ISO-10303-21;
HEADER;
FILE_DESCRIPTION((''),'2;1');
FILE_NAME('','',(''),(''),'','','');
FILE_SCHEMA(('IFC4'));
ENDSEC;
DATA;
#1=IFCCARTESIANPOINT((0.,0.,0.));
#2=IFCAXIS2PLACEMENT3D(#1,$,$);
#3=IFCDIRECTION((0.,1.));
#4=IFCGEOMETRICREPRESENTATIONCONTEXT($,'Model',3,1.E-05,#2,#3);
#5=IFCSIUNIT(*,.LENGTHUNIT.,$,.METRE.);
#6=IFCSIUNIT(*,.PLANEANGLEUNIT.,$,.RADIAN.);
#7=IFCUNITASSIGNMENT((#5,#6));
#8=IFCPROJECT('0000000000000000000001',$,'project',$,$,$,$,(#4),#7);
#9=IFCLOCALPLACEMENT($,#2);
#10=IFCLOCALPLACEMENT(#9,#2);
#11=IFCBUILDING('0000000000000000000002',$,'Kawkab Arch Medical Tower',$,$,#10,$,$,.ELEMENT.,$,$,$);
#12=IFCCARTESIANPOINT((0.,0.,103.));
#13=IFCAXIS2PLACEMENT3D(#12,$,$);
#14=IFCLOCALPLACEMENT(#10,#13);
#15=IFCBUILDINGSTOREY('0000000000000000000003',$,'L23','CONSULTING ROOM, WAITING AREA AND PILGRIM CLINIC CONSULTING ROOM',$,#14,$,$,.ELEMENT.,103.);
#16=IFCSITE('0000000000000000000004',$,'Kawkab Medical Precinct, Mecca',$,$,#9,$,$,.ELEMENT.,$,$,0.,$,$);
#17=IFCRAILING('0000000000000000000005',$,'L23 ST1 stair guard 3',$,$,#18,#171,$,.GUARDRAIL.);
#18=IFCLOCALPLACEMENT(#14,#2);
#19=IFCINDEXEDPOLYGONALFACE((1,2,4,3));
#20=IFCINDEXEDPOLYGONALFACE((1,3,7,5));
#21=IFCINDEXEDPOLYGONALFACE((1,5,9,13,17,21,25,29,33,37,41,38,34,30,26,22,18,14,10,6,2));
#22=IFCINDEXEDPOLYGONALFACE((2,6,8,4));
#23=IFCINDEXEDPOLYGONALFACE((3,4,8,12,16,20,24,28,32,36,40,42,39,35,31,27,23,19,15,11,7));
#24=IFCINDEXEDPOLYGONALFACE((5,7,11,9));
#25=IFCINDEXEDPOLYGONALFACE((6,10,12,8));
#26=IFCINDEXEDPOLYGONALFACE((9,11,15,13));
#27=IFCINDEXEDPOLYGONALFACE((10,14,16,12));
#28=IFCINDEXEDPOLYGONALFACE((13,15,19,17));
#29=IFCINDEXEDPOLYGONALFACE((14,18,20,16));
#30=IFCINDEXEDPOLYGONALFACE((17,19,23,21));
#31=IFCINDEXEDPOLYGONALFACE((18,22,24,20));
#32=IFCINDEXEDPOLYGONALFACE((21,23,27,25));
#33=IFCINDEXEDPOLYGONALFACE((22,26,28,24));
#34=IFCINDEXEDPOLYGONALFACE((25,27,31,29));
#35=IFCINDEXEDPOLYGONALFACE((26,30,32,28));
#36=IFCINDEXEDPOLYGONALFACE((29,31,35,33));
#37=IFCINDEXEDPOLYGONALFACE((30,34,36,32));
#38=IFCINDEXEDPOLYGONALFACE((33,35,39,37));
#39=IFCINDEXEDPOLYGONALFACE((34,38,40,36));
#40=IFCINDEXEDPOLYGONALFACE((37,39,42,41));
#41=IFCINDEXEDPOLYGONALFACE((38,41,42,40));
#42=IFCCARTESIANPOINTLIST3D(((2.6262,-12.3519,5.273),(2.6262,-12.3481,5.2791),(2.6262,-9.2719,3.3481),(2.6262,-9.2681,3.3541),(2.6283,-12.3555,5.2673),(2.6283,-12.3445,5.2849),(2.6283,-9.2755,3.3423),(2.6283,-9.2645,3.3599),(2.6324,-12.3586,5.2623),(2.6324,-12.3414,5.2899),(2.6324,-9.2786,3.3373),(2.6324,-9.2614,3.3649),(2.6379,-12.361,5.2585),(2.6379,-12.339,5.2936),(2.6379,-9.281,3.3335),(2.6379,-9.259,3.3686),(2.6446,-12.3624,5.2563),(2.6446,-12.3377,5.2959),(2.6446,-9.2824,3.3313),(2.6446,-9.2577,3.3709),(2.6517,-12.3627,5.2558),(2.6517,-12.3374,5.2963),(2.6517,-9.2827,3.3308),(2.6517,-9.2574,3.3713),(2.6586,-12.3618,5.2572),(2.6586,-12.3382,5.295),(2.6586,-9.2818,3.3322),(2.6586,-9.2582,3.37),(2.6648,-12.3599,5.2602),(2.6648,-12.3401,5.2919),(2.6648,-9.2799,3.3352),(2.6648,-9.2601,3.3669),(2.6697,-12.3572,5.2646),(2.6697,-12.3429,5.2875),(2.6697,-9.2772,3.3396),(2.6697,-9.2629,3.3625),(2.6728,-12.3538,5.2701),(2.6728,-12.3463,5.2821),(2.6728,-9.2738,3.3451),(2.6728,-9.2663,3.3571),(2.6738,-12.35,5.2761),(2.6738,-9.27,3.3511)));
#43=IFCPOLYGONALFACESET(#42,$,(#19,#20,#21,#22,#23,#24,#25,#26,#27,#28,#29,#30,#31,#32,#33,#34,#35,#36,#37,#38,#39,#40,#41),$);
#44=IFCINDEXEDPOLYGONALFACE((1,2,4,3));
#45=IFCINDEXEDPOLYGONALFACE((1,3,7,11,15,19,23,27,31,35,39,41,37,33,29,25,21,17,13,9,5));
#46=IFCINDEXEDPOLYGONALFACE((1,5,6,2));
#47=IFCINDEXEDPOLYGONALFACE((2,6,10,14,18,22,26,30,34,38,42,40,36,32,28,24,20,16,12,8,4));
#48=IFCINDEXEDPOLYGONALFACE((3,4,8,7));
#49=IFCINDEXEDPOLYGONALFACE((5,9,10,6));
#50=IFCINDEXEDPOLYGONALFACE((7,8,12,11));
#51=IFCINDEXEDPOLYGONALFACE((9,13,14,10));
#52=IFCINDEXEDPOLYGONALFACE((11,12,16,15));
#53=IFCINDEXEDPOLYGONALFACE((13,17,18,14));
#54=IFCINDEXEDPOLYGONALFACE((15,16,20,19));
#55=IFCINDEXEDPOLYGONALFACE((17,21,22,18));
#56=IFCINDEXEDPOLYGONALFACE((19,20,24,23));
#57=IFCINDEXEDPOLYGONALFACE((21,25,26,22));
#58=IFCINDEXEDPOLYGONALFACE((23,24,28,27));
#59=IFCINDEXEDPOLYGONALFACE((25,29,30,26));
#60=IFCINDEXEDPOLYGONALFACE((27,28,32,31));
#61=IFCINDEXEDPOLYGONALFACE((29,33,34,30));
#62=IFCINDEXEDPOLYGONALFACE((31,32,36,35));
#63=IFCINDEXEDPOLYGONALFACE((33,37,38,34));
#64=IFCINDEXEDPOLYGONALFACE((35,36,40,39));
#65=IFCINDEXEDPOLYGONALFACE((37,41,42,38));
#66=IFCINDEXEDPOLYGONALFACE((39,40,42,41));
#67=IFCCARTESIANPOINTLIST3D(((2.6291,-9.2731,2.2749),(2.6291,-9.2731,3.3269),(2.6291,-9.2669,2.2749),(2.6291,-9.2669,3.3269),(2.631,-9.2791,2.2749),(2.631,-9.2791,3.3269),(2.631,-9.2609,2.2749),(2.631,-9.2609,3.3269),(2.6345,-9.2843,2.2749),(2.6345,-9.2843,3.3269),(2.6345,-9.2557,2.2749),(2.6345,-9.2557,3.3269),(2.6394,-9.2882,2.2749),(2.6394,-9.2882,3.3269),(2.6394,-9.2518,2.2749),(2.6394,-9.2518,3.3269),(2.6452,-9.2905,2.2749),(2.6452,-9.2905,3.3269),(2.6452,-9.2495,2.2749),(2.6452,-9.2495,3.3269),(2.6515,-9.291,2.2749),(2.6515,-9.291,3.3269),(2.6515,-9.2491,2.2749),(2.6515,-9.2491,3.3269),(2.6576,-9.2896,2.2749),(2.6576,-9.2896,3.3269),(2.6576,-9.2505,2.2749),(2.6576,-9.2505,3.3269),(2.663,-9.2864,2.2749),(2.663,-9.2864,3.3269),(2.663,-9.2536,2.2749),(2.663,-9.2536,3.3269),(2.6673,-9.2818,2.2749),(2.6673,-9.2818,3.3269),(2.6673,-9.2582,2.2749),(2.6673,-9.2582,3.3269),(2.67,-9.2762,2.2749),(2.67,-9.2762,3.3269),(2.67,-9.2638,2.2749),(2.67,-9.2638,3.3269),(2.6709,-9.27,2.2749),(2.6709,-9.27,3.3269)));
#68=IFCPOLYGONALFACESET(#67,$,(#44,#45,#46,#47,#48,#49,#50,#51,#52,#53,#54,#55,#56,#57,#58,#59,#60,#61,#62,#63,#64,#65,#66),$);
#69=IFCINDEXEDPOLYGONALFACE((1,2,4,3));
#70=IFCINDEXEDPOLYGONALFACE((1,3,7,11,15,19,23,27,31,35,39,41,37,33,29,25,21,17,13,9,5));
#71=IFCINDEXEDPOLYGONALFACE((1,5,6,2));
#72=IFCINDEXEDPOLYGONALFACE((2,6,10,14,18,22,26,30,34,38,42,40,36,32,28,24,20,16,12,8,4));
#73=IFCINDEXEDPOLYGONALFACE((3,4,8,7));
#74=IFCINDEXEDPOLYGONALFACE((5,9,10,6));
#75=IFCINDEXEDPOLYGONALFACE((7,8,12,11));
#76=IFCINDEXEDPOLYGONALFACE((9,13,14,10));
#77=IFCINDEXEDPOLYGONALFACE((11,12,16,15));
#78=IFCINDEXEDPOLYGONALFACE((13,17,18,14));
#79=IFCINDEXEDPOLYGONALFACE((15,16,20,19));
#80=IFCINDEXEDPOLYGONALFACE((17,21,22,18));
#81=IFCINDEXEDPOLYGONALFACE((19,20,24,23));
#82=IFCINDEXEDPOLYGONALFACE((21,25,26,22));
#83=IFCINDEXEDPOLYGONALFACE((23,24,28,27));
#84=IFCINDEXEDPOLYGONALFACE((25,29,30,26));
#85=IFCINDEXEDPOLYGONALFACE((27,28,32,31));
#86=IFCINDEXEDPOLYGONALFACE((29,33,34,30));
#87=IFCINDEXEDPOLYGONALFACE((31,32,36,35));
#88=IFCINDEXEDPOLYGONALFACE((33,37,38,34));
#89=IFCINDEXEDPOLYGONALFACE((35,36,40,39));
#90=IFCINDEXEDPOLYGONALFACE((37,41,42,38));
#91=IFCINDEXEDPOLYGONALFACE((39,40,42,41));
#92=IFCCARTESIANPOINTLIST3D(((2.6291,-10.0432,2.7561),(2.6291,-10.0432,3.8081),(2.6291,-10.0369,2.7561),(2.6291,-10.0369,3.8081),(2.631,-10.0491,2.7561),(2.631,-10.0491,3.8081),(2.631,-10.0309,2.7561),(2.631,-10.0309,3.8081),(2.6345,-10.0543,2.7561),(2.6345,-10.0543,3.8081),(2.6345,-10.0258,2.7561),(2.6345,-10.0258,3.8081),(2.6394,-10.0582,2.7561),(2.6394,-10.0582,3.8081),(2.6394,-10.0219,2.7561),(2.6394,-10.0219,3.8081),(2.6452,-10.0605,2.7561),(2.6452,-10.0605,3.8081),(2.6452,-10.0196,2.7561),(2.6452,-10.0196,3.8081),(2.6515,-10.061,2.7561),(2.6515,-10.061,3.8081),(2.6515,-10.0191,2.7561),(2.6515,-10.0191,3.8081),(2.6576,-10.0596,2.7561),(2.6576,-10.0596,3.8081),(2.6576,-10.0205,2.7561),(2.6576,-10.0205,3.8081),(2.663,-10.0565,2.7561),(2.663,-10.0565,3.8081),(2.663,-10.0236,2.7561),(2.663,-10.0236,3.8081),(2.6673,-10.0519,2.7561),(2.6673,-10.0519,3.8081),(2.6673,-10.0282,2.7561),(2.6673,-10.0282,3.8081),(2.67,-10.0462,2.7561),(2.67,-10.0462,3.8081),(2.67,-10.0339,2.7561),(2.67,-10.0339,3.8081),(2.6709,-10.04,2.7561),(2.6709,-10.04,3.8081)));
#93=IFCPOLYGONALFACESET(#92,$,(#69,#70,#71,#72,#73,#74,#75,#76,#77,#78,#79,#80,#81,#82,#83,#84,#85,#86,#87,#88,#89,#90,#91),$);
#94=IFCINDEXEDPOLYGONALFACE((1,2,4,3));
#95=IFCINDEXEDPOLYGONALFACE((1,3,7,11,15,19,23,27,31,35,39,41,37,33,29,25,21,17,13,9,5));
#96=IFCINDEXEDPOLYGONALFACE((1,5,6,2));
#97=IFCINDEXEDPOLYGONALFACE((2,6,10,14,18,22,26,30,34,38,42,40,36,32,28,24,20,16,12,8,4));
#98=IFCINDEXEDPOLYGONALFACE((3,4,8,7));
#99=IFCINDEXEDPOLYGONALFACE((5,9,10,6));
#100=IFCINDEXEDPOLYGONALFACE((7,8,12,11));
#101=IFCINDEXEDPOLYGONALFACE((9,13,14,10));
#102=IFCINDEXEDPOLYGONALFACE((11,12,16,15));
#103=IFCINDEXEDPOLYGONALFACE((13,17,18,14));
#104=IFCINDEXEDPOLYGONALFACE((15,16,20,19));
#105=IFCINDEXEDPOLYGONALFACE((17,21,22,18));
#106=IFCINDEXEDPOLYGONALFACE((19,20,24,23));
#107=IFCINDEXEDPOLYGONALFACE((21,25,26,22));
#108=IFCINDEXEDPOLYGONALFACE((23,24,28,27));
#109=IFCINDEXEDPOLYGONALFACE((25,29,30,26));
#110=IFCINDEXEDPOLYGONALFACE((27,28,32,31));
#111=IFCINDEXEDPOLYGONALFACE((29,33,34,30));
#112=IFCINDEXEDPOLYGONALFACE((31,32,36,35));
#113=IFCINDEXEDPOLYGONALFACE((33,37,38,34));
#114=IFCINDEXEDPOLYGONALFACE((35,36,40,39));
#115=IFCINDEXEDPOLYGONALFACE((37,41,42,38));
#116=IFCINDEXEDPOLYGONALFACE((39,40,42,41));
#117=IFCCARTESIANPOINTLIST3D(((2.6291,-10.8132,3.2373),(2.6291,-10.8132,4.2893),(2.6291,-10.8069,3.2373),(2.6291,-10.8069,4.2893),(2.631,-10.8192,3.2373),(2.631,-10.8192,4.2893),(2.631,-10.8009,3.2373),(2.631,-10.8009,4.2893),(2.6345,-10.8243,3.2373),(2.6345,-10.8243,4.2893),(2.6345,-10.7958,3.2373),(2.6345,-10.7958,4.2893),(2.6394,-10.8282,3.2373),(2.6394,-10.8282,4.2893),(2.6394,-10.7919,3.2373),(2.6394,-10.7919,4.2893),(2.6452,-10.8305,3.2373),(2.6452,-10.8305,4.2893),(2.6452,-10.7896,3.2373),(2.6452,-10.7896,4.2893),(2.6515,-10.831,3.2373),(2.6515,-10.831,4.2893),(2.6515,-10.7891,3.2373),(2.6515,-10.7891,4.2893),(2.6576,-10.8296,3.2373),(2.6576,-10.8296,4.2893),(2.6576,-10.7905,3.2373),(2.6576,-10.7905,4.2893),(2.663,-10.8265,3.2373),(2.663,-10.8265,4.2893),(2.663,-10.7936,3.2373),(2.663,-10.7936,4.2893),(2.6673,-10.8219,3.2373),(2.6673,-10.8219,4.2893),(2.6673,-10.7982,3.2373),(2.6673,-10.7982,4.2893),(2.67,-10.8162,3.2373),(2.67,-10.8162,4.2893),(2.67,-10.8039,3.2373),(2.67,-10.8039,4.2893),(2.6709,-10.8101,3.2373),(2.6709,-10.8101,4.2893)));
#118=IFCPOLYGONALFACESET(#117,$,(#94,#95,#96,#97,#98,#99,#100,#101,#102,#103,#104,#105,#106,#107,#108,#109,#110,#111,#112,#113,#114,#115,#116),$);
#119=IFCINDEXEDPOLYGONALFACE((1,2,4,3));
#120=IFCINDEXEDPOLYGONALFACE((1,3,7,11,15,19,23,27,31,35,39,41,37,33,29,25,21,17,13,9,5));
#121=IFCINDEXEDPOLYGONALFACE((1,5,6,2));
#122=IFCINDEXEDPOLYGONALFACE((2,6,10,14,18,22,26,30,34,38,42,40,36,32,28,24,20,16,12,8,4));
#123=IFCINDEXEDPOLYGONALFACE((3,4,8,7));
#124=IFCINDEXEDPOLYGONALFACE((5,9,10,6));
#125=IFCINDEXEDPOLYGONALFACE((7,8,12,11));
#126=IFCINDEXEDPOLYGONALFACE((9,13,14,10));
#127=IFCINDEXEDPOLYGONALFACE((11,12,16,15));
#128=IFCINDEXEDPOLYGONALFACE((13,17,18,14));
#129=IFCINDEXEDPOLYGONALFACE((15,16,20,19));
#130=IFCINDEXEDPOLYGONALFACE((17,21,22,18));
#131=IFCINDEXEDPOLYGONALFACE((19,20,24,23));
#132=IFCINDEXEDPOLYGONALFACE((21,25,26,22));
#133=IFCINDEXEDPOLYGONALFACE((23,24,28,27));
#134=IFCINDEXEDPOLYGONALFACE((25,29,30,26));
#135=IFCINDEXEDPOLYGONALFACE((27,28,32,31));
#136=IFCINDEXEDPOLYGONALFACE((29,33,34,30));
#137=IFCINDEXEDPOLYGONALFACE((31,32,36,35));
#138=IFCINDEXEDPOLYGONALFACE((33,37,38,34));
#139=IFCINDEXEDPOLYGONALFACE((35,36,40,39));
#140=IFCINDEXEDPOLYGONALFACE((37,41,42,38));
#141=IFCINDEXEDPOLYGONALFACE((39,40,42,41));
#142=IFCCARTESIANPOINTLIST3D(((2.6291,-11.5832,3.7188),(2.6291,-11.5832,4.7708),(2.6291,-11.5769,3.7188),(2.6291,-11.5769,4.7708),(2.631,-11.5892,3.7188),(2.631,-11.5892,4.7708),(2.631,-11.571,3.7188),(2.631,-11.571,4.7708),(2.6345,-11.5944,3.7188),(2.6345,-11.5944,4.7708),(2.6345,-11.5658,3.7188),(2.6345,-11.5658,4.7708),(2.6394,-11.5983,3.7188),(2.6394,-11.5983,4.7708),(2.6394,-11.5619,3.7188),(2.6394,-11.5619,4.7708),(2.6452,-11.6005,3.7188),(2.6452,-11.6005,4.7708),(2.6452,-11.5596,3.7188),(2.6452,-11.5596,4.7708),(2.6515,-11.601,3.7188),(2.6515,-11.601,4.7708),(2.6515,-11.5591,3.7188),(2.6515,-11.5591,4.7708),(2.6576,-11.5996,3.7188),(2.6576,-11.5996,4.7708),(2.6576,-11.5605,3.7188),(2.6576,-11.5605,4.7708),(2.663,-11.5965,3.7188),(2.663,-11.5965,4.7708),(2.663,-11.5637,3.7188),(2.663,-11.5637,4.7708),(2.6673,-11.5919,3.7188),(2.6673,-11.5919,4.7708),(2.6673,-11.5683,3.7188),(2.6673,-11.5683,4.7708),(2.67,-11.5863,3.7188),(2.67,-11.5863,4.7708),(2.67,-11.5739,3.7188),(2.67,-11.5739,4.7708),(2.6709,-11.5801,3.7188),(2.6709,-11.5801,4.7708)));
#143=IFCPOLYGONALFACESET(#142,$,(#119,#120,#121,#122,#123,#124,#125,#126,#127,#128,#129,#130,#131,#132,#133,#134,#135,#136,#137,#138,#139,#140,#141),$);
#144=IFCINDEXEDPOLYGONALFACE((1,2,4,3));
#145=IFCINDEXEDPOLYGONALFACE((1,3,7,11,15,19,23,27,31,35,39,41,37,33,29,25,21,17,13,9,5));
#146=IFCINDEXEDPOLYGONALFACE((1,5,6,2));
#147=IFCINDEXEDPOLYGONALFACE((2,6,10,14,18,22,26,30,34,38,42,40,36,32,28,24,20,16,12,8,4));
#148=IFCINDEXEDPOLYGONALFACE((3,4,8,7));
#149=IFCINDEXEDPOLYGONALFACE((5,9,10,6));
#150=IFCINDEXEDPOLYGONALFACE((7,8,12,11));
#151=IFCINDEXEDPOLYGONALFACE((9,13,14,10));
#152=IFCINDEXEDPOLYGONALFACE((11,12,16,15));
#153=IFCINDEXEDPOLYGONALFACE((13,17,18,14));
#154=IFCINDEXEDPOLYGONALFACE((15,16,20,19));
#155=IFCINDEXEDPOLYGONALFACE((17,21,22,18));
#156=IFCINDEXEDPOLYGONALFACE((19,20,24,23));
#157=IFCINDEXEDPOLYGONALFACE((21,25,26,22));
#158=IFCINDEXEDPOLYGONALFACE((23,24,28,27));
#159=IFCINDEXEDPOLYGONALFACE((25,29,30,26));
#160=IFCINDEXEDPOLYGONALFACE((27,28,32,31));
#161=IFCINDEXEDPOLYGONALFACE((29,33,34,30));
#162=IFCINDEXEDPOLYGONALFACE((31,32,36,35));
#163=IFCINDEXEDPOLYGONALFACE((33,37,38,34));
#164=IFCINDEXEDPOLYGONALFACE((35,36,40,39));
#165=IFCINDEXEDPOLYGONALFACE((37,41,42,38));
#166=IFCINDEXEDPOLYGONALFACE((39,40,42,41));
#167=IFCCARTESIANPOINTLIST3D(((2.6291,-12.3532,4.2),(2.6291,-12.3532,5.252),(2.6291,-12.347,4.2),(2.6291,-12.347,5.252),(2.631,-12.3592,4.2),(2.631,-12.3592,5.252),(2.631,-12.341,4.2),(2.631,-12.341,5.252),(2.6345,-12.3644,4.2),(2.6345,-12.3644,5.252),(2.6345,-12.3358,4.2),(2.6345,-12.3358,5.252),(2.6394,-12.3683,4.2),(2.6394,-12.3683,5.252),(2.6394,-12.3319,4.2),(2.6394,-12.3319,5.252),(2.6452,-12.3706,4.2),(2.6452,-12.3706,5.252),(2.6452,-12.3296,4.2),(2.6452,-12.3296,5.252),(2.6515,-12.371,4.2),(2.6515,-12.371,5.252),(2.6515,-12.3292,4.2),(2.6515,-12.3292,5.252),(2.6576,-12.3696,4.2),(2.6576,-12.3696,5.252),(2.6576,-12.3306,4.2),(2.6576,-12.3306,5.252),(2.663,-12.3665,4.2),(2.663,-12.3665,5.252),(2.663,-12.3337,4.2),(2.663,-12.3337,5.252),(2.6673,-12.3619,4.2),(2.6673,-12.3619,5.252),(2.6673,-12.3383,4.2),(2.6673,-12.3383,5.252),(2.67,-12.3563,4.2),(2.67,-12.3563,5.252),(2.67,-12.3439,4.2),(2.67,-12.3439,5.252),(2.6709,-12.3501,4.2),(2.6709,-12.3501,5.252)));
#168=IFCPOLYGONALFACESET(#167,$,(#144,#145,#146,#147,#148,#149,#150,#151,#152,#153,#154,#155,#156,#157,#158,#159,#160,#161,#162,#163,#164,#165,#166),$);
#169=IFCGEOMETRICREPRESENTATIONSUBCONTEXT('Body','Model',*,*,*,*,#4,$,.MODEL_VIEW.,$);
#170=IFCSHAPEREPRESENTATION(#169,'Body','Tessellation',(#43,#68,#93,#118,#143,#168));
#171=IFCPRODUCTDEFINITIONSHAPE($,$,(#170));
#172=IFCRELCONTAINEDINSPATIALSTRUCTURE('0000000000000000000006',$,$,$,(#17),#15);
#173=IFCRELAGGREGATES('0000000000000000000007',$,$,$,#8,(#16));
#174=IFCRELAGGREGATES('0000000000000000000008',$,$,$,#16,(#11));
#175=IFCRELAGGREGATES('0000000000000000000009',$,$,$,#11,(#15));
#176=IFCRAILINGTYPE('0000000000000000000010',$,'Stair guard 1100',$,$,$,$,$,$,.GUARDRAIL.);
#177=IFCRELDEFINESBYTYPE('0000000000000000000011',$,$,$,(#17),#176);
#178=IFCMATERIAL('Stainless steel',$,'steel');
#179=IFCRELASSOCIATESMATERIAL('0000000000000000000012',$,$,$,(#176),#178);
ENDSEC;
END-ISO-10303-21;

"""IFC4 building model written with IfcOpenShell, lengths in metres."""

from ifc_helpers import new_model, si_unit, direction, frame, origin, origin_2d, place, context, subcontext, project, spatial, circle, extrude, material, type_object, element, save


model = new_model("IFC4")

# Units and contexts
model_context = context("Model", 3, precision=1e-05, world=origin(), true_north=direction((0.0, 1.0)))
body_context = subcontext(model_context, "Body", "Model", "MODEL_VIEW")
ifc_project = project(units=[si_unit("LENGTHUNIT", "METRE"), si_unit("PLANEANGLEUNIT", "RADIAN")], contexts=[model_context])

# Site, building, storey
site_placement = place(None, origin())
site = spatial("IfcSite", under=ifc_project, at=site_placement, Name="Kawkab Medical Precinct, Mecca", CompositionType="ELEMENT", RefElevation=0.0)
building_placement = place(site_placement, origin())
building = spatial("IfcBuilding", under=site, at=building_placement, Name="Kawkab Arch Medical Tower", CompositionType="ELEMENT")
storey_placement = place(building_placement, frame((0.0, 0.0, 103.0)))
storey = spatial("IfcBuildingStorey", under=building, at=storey_placement, Name="L23", Description="CONSULTING ROOM, WAITING AREA AND PILGRIM CLINIC CONSULTING ROOM", CompositionType="ELEMENT", Elevation=103.0)

# Railing
ifc_material_1 = material(Name="Stainless steel", Category="steel")
railing_type_1 = type_object("IfcRailingType", Name="Stair guard 1100", PredefinedType="GUARDRAIL", material=ifc_material_1)
railing_1_placement = place(storey_placement, frame((2.6499, -9.27, 2.2749)))
element("IfcRailing", 1, at=railing_1_placement, inside=storey, type_object=railing_type_1, Name="L23 ST1 stair guard 3", PredefinedType="GUARDRAIL", context=body_context, shape_type="SweptSolid", body=[
    extrude(circle(Radius=0.0239, at=origin_2d()), frame((0.0, 0.0, 1.0762), z_axis=(0.0, -0.847998, 0.529999), x_axis=(1.0, 0.0, 0.0)), (0.0, 0.0, 1.0), 3.6321),
    extrude(circle(Radius=0.021, at=origin_2d()), origin(), (0.0, 0.0, 1.0), 1.052),
    extrude(circle(Radius=0.021, at=origin_2d()), frame((0.0, -0.77, 0.4812)), (0.0, 0.0, 1.0), 1.052),
    extrude(circle(Radius=0.021, at=origin_2d()), frame((0.0, -1.54, 0.9624)), (0.0, 0.0, 1.0), 1.052),
    extrude(circle(Radius=0.021, at=origin_2d()), frame((0.0, -2.3101, 1.4438)), (0.0, 0.0, 1.0), 1.052),
    extrude(circle(Radius=0.021, at=origin_2d()), frame((0.0, -3.0801, 1.925)), (0.0, 0.0, 1.0), 1.052),
])

save(model, "model.ifc")
